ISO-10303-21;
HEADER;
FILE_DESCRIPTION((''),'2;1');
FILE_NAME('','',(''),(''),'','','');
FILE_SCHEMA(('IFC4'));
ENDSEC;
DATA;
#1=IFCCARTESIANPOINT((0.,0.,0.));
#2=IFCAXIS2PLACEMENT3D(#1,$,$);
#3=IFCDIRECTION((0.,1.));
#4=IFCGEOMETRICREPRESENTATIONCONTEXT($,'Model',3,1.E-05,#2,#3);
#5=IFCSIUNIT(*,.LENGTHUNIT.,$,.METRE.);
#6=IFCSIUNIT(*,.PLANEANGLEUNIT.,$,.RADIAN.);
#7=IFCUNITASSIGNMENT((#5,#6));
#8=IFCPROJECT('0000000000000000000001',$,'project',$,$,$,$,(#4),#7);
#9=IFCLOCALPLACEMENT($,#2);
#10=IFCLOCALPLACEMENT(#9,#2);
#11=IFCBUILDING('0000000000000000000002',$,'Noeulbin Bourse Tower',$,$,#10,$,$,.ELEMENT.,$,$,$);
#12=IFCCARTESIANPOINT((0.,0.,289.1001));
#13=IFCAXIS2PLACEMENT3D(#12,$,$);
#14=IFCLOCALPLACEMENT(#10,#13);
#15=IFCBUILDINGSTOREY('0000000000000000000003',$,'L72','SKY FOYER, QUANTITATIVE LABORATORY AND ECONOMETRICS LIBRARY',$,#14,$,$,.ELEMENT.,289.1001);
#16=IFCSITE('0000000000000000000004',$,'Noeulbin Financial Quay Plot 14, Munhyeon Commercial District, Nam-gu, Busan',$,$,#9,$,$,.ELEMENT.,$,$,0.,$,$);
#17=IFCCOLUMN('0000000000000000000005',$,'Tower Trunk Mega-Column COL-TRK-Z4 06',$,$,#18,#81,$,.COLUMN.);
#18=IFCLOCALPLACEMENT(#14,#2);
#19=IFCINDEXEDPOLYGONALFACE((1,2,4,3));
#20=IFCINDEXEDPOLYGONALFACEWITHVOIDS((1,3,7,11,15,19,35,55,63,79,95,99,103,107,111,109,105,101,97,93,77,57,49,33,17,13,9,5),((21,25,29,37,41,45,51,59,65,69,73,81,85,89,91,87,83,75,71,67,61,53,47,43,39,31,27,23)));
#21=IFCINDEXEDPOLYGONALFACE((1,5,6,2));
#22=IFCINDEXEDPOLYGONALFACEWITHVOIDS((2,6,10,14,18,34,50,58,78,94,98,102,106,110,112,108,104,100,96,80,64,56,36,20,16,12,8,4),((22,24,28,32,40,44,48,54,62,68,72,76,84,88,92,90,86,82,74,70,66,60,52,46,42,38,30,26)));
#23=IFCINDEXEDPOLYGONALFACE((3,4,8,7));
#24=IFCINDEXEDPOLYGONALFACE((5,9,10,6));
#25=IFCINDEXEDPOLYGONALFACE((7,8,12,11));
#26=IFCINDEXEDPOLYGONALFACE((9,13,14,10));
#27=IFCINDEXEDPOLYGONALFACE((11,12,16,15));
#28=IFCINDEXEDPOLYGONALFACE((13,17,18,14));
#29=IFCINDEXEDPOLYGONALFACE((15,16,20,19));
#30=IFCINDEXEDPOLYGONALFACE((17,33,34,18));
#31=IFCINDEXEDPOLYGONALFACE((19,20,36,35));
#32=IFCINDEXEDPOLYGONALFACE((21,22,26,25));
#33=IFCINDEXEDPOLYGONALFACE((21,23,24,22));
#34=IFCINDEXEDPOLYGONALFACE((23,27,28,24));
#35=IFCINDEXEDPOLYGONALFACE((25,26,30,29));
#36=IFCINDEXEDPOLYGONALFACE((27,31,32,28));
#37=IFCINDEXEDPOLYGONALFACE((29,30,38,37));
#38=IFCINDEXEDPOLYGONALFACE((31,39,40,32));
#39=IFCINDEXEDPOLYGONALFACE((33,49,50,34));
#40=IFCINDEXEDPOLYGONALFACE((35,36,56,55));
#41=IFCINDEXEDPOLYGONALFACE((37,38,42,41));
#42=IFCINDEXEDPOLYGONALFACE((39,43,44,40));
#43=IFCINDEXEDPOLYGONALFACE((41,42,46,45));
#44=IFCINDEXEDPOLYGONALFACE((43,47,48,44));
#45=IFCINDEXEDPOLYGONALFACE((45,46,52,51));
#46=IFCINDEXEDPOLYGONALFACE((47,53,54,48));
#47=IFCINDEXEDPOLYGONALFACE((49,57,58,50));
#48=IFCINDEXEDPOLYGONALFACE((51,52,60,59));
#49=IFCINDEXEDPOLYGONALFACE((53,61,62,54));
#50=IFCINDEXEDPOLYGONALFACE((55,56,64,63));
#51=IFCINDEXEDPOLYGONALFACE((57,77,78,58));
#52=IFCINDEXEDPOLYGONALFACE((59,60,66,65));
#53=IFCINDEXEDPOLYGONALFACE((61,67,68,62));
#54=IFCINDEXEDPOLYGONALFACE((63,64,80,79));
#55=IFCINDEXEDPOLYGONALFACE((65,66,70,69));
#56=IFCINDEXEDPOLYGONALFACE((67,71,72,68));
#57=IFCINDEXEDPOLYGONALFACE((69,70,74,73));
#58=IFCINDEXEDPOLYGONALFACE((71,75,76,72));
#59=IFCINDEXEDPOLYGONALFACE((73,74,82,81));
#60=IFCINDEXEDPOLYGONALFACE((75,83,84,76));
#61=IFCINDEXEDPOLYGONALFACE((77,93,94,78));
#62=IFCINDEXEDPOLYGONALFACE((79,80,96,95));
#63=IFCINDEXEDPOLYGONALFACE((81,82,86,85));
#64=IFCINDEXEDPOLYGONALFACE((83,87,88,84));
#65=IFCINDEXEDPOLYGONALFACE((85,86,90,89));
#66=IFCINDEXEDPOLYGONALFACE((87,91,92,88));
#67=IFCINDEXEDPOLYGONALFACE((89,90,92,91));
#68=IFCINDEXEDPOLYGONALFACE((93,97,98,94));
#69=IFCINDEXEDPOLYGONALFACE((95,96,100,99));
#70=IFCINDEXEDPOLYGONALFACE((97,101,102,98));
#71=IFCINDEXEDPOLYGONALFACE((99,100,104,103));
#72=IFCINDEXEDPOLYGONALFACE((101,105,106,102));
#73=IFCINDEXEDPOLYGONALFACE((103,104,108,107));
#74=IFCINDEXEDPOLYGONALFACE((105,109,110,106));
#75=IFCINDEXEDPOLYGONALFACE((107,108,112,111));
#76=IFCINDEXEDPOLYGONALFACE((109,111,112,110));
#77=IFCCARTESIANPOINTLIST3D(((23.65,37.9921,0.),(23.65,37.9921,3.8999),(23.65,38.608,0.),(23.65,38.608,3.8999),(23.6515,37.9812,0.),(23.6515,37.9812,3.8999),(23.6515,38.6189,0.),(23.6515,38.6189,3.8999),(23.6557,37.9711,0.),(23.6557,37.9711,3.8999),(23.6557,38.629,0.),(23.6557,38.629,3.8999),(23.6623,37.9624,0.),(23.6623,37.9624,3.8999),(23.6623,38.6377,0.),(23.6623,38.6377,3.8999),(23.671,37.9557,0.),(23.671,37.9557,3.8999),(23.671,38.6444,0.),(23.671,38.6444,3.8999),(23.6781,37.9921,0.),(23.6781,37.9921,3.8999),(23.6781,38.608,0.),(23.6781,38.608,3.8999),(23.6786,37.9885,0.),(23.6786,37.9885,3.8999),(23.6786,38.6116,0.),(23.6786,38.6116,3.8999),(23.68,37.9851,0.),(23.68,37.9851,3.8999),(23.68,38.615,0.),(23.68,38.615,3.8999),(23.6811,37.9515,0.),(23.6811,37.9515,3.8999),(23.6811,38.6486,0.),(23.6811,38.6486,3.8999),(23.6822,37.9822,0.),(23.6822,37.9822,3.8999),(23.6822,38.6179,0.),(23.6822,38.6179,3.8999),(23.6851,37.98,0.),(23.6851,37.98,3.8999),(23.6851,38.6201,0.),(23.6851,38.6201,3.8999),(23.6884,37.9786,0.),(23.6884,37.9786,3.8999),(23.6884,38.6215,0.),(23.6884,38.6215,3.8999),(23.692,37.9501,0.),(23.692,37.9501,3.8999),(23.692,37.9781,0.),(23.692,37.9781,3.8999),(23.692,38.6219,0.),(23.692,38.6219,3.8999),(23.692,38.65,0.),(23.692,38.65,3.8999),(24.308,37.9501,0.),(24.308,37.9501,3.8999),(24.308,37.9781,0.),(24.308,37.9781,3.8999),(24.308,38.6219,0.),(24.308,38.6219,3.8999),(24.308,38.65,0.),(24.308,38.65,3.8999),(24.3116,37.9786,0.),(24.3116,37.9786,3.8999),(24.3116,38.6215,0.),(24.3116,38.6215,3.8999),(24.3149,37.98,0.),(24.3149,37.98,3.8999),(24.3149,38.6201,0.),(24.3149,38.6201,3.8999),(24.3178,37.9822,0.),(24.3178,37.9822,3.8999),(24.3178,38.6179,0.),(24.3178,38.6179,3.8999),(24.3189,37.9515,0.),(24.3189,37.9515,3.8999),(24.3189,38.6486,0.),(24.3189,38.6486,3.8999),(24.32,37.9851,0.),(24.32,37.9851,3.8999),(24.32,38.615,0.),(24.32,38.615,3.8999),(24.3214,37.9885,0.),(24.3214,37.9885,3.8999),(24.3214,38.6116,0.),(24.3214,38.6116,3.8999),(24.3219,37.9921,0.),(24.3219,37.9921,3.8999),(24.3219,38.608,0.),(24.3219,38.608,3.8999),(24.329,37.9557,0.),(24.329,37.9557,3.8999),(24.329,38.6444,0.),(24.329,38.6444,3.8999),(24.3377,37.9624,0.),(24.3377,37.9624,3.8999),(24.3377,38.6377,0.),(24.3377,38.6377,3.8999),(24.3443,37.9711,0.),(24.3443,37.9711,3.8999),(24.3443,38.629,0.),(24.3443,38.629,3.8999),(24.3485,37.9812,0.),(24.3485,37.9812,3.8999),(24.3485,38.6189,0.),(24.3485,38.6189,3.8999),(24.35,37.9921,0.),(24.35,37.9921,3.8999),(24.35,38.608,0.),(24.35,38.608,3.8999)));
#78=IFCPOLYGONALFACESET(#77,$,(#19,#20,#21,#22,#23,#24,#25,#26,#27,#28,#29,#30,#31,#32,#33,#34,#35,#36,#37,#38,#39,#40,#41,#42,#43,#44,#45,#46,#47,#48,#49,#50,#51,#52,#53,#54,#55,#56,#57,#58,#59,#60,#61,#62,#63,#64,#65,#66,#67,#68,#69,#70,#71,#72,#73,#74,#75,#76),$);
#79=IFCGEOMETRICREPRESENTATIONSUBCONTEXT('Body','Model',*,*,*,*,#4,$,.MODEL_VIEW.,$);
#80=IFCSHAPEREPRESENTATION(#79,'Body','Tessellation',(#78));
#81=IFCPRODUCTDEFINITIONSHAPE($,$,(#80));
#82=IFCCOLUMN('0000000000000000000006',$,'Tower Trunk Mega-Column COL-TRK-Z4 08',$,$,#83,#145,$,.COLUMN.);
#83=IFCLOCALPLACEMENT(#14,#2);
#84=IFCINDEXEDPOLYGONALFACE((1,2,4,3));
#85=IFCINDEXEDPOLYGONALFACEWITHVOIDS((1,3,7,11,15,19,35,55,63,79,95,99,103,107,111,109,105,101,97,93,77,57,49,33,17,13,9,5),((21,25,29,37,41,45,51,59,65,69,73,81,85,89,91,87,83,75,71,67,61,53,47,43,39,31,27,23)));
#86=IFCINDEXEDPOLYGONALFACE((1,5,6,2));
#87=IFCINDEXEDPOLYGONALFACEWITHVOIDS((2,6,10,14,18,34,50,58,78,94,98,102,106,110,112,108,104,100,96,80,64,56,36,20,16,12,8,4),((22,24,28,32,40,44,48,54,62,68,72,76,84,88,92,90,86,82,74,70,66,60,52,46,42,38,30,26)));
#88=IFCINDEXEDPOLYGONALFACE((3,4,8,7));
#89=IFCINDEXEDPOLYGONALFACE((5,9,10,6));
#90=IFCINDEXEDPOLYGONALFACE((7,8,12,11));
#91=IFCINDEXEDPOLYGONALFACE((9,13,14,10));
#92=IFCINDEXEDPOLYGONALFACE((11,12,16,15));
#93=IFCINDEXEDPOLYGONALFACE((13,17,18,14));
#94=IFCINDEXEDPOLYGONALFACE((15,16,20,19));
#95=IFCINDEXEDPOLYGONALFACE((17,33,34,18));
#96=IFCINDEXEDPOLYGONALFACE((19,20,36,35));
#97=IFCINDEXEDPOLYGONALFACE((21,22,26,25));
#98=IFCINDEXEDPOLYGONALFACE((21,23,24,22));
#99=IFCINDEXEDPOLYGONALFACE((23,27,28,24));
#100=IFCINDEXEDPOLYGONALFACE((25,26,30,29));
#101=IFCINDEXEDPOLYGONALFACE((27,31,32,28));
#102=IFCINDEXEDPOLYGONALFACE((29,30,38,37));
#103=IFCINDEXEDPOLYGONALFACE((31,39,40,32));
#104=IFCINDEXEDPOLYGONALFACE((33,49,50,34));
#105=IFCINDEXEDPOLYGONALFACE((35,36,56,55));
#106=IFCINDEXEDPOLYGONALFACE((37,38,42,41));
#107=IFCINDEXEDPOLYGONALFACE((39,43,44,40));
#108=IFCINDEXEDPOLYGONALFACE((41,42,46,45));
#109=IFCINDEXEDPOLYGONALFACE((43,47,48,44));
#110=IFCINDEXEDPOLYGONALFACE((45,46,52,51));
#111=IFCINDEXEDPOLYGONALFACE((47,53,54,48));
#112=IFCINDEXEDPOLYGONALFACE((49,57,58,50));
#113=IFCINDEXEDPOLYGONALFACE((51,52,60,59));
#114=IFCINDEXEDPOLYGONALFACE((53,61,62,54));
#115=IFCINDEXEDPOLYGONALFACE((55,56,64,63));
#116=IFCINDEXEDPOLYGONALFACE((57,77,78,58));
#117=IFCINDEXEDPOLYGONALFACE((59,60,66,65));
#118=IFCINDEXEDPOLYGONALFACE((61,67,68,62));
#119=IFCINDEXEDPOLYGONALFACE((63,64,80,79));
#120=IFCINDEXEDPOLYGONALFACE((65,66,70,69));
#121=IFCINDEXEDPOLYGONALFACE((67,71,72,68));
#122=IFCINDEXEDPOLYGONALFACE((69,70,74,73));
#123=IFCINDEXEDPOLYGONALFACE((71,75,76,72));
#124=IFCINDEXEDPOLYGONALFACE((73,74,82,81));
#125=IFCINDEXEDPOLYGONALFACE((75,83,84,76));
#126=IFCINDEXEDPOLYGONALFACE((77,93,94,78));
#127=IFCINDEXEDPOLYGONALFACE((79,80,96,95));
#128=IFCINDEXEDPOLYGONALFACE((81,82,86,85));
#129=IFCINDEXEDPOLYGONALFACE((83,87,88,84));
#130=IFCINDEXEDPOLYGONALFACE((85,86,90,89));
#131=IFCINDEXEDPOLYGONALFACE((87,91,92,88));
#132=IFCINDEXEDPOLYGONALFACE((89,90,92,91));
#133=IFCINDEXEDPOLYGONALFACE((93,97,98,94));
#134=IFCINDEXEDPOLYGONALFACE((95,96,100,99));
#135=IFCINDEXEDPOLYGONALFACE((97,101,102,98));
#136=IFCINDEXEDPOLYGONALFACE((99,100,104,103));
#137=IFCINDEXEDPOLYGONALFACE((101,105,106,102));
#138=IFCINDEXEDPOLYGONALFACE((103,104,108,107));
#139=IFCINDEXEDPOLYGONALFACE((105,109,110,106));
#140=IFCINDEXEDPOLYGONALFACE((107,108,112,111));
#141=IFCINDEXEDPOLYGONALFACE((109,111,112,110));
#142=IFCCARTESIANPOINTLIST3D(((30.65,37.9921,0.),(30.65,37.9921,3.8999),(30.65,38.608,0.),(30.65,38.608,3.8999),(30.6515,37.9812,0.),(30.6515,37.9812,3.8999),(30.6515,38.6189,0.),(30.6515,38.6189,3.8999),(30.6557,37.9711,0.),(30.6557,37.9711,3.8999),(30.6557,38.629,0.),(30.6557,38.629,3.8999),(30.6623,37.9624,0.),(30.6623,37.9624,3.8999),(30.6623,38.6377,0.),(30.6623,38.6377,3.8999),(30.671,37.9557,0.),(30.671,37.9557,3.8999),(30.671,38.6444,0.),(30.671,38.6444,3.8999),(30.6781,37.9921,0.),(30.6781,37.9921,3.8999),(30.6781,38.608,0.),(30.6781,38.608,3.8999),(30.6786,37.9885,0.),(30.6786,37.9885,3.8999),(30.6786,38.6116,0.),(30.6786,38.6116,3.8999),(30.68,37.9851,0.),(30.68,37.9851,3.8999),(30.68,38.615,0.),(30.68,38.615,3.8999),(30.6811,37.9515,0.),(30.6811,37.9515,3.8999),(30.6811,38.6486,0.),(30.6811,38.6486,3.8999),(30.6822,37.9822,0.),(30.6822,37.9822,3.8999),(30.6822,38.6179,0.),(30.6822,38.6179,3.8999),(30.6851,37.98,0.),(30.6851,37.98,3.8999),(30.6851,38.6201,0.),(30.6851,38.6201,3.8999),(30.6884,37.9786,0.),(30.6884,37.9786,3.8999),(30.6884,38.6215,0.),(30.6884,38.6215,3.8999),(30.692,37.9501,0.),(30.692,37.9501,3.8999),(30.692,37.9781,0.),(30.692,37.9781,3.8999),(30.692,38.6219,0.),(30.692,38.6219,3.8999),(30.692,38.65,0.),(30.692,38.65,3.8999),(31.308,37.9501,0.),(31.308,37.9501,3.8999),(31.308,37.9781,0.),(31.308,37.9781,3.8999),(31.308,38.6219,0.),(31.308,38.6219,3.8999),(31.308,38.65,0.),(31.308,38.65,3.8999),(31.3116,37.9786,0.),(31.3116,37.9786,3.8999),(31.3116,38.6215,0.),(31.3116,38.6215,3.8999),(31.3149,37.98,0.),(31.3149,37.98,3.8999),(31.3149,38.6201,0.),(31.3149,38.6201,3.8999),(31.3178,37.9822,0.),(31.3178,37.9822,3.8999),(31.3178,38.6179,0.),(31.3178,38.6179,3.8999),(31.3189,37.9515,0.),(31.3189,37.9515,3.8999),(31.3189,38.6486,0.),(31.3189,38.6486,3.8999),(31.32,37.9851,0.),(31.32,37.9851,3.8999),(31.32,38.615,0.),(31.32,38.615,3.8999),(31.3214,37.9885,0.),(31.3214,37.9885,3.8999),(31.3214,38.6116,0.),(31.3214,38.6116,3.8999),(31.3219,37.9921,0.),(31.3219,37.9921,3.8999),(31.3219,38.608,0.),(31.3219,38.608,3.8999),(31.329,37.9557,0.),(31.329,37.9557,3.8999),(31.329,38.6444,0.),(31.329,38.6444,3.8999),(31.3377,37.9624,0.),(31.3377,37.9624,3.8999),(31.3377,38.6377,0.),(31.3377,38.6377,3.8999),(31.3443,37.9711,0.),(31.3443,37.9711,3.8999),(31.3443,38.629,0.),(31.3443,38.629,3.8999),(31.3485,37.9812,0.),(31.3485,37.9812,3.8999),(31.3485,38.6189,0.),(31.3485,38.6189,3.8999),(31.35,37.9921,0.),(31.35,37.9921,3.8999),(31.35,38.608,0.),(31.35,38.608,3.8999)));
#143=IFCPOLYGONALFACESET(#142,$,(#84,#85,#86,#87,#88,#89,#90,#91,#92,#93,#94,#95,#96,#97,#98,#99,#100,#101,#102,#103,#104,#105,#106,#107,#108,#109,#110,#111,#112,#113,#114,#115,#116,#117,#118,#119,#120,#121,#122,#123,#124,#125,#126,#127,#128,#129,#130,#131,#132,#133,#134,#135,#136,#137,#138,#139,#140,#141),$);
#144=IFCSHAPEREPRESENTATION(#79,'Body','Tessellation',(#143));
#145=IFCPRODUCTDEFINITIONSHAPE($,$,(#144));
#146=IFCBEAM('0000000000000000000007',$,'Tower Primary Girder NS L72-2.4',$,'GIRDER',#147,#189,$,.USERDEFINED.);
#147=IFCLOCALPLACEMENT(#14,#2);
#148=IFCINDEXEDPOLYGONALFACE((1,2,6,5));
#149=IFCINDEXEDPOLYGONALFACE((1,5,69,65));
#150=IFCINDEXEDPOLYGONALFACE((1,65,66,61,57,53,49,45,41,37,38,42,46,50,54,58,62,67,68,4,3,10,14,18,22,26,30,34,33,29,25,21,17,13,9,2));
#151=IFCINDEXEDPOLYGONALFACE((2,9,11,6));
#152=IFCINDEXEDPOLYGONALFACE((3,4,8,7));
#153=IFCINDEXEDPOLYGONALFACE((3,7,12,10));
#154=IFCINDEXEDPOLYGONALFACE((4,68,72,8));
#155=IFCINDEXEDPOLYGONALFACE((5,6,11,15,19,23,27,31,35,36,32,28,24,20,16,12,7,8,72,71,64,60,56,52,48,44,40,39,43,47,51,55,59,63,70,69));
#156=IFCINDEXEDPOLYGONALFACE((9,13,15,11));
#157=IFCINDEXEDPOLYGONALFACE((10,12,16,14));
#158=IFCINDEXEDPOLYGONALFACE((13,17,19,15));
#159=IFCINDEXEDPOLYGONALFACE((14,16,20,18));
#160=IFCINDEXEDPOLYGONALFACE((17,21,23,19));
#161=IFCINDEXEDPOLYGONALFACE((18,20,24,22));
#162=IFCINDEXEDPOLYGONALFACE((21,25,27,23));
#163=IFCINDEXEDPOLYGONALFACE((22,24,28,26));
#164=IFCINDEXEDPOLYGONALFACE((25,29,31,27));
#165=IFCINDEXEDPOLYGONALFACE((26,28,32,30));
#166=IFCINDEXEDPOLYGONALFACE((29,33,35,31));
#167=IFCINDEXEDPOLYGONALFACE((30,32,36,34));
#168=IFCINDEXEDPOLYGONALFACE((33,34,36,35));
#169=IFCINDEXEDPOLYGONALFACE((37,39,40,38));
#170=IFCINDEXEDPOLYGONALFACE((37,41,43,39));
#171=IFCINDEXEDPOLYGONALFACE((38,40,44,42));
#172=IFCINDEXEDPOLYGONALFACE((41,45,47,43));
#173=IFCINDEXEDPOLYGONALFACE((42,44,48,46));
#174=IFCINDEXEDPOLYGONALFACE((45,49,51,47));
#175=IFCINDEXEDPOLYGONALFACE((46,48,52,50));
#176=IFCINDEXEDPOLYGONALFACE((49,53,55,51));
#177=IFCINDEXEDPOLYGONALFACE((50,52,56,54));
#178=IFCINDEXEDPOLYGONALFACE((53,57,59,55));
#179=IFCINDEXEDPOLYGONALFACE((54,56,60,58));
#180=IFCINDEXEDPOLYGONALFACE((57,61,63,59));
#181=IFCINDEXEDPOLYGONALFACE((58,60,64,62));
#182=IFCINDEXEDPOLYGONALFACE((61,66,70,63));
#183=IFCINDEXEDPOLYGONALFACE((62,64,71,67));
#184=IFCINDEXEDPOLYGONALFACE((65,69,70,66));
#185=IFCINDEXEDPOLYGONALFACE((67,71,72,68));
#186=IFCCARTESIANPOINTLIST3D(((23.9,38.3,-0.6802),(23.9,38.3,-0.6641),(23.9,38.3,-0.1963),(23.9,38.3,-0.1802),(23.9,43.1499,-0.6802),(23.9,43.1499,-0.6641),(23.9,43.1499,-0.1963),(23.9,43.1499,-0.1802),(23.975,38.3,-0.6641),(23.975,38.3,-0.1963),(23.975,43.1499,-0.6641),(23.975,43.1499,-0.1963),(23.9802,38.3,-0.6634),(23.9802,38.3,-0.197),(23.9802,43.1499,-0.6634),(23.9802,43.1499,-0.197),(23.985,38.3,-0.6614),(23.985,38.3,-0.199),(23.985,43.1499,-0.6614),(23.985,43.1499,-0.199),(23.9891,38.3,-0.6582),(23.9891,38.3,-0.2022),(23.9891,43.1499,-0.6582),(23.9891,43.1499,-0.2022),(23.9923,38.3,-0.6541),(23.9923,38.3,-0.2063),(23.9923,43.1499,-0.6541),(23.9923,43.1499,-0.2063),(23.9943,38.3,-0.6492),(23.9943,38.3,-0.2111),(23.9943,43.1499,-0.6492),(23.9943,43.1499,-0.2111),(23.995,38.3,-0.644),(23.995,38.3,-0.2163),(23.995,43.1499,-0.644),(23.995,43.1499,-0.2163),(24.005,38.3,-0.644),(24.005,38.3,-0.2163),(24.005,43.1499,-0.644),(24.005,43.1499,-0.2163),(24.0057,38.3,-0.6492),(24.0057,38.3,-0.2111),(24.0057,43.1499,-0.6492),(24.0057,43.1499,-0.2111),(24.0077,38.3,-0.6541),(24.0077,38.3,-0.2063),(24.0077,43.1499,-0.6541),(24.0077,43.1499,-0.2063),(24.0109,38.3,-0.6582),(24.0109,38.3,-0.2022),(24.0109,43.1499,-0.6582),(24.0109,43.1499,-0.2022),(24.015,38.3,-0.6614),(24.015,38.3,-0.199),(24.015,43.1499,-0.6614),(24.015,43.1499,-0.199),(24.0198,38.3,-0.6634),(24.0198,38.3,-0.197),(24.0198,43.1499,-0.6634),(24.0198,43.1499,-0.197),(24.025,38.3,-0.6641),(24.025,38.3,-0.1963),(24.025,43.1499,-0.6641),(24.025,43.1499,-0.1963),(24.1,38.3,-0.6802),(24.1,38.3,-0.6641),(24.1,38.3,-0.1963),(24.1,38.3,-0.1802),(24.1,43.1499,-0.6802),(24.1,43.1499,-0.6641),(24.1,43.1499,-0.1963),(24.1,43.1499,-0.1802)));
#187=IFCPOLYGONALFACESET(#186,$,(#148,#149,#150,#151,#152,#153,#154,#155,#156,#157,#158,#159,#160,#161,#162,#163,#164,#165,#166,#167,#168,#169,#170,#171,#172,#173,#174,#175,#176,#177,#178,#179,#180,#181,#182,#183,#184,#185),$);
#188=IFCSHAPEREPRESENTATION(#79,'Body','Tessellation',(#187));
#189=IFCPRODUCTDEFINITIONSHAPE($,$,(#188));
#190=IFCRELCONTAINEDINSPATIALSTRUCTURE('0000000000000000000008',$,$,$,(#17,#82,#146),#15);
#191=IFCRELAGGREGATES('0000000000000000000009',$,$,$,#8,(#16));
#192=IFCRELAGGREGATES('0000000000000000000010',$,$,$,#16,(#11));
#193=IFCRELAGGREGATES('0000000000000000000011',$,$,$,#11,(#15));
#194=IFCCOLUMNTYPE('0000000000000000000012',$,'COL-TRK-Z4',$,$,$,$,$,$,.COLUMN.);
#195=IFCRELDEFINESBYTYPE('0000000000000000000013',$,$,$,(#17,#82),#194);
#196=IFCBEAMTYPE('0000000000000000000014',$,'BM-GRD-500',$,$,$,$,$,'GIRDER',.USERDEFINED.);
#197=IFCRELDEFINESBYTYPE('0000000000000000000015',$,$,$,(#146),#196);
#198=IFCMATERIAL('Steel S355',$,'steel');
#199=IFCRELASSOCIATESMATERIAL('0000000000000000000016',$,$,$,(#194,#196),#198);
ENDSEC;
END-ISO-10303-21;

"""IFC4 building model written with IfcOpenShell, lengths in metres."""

from ifc_helpers import new_model, si_unit, direction, frame, origin, origin_2d, place, context, subcontext, project, spatial, hollow_rectangle, i_section, extrude, material, material_profile, profile_set, type_object, element, save


model = new_model("IFC4")

# Units and contexts
model_context = context("Model", 3, precision=1e-05, world=origin(), true_north=direction((0.0, 1.0)))
body_context = subcontext(model_context, "Body", "Model", "MODEL_VIEW")
ifc_project = project(units=[si_unit("LENGTHUNIT", "METRE"), si_unit("PLANEANGLEUNIT", "RADIAN")], contexts=[model_context])

# Site, building, storey
site_placement = place(None, origin())
site = spatial("IfcSite", under=ifc_project, at=site_placement, Name="Noeulbin Financial Quay Plot 14, Munhyeon Commercial District, Nam-gu, Busan", CompositionType="ELEMENT", RefElevation=0.0)
building_placement = place(site_placement, origin())
building = spatial("IfcBuilding", under=site, at=building_placement, Name="Noeulbin Bourse Tower", CompositionType="ELEMENT")
storey_placement = place(building_placement, frame((0.0, 0.0, 289.1001)))
storey = spatial("IfcBuildingStorey", under=building, at=storey_placement, Name="L72", Description="SKY FOYER, QUANTITATIVE LABORATORY AND ECONOMETRICS LIBRARY", CompositionType="ELEMENT", Elevation=289.1001)

# Columns
ifc_material_1 = material(Name="Steel S355", Category="steel")
ifc_material_profile_1 = material_profile(ifc_material_1, hollow_rectangle(XDim=0.7, YDim=0.7, WallThickness=0.0281, InnerFilletRadius=0.0139, OuterFilletRadius=0.042, at=origin_2d()), Name="BOX-700x700x28", Category="LoadBearing")
ifc_profile_set_1 = profile_set([ifc_material_profile_1], Name="Steel S355")
column_type_1 = type_object("IfcColumnType", Name="COL-TRK-Z4", PredefinedType="COLUMN", material=ifc_profile_set_1)
for number, where, z_axis, x_axis, name in (
    (1, (24.0, 38.3, 0.0), (0.0, 0.0, 1.0), (1.0, 0.0, 0.0), "Tower Trunk Mega-Column COL-TRK-Z4 06"),
    (2, (31.0, 38.3, 0.0), (0.0, 0.0, 1.0), (1.0, 0.0, 0.0), "Tower Trunk Mega-Column COL-TRK-Z4 08"),
):
    element("IfcColumn", number, at=place(storey_placement, frame(where, z_axis=z_axis, x_axis=x_axis)), inside=storey, type_object=column_type_1, Name=name, PredefinedType="COLUMN", context=body_context, shape_type="SweptSolid", body=[
        extrude(hollow_rectangle(XDim=0.7, YDim=0.7, WallThickness=0.0281, InnerFilletRadius=0.0139, OuterFilletRadius=0.042, at=origin_2d()), origin(), (0.0, 0.0, 1.0), 3.8999),
    ])

# Beam
ifc_material_profile_2 = material_profile(ifc_material_1, i_section(OverallWidth=0.2, OverallDepth=0.5, WebThickness=0.01, FlangeThickness=0.0161, FilletRadius=0.02, at=origin_2d()), Name="H-500x200x10x16", Category="LoadBearing")
ifc_profile_set_2 = profile_set([ifc_material_profile_2], Name="Steel S355")
beam_type_1 = type_object("IfcBeamType", Name="BM-GRD-500", ElementType="GIRDER", PredefinedType="USERDEFINED", material=ifc_profile_set_2)
for number, where, z_axis, x_axis, name in (
    (3, (24.0, 38.3, -0.4302), (0.0, 1.0, 0.0), (-1.0, 0.0, 0.0), "Tower Primary Girder NS L72-2.4"),
):
    element("IfcBeam", number, at=place(storey_placement, frame(where, z_axis=z_axis, x_axis=x_axis)), inside=storey, type_object=beam_type_1, Name=name, ObjectType="GIRDER", PredefinedType="USERDEFINED", context=body_context, shape_type="SweptSolid", body=[
        extrude(i_section(OverallWidth=0.2, OverallDepth=0.5, WebThickness=0.01, FlangeThickness=0.0161, FilletRadius=0.02, at=origin_2d()), origin(), (0.0, 0.0, 1.0), 4.8499),
    ])

save(model, "model.ifc")
